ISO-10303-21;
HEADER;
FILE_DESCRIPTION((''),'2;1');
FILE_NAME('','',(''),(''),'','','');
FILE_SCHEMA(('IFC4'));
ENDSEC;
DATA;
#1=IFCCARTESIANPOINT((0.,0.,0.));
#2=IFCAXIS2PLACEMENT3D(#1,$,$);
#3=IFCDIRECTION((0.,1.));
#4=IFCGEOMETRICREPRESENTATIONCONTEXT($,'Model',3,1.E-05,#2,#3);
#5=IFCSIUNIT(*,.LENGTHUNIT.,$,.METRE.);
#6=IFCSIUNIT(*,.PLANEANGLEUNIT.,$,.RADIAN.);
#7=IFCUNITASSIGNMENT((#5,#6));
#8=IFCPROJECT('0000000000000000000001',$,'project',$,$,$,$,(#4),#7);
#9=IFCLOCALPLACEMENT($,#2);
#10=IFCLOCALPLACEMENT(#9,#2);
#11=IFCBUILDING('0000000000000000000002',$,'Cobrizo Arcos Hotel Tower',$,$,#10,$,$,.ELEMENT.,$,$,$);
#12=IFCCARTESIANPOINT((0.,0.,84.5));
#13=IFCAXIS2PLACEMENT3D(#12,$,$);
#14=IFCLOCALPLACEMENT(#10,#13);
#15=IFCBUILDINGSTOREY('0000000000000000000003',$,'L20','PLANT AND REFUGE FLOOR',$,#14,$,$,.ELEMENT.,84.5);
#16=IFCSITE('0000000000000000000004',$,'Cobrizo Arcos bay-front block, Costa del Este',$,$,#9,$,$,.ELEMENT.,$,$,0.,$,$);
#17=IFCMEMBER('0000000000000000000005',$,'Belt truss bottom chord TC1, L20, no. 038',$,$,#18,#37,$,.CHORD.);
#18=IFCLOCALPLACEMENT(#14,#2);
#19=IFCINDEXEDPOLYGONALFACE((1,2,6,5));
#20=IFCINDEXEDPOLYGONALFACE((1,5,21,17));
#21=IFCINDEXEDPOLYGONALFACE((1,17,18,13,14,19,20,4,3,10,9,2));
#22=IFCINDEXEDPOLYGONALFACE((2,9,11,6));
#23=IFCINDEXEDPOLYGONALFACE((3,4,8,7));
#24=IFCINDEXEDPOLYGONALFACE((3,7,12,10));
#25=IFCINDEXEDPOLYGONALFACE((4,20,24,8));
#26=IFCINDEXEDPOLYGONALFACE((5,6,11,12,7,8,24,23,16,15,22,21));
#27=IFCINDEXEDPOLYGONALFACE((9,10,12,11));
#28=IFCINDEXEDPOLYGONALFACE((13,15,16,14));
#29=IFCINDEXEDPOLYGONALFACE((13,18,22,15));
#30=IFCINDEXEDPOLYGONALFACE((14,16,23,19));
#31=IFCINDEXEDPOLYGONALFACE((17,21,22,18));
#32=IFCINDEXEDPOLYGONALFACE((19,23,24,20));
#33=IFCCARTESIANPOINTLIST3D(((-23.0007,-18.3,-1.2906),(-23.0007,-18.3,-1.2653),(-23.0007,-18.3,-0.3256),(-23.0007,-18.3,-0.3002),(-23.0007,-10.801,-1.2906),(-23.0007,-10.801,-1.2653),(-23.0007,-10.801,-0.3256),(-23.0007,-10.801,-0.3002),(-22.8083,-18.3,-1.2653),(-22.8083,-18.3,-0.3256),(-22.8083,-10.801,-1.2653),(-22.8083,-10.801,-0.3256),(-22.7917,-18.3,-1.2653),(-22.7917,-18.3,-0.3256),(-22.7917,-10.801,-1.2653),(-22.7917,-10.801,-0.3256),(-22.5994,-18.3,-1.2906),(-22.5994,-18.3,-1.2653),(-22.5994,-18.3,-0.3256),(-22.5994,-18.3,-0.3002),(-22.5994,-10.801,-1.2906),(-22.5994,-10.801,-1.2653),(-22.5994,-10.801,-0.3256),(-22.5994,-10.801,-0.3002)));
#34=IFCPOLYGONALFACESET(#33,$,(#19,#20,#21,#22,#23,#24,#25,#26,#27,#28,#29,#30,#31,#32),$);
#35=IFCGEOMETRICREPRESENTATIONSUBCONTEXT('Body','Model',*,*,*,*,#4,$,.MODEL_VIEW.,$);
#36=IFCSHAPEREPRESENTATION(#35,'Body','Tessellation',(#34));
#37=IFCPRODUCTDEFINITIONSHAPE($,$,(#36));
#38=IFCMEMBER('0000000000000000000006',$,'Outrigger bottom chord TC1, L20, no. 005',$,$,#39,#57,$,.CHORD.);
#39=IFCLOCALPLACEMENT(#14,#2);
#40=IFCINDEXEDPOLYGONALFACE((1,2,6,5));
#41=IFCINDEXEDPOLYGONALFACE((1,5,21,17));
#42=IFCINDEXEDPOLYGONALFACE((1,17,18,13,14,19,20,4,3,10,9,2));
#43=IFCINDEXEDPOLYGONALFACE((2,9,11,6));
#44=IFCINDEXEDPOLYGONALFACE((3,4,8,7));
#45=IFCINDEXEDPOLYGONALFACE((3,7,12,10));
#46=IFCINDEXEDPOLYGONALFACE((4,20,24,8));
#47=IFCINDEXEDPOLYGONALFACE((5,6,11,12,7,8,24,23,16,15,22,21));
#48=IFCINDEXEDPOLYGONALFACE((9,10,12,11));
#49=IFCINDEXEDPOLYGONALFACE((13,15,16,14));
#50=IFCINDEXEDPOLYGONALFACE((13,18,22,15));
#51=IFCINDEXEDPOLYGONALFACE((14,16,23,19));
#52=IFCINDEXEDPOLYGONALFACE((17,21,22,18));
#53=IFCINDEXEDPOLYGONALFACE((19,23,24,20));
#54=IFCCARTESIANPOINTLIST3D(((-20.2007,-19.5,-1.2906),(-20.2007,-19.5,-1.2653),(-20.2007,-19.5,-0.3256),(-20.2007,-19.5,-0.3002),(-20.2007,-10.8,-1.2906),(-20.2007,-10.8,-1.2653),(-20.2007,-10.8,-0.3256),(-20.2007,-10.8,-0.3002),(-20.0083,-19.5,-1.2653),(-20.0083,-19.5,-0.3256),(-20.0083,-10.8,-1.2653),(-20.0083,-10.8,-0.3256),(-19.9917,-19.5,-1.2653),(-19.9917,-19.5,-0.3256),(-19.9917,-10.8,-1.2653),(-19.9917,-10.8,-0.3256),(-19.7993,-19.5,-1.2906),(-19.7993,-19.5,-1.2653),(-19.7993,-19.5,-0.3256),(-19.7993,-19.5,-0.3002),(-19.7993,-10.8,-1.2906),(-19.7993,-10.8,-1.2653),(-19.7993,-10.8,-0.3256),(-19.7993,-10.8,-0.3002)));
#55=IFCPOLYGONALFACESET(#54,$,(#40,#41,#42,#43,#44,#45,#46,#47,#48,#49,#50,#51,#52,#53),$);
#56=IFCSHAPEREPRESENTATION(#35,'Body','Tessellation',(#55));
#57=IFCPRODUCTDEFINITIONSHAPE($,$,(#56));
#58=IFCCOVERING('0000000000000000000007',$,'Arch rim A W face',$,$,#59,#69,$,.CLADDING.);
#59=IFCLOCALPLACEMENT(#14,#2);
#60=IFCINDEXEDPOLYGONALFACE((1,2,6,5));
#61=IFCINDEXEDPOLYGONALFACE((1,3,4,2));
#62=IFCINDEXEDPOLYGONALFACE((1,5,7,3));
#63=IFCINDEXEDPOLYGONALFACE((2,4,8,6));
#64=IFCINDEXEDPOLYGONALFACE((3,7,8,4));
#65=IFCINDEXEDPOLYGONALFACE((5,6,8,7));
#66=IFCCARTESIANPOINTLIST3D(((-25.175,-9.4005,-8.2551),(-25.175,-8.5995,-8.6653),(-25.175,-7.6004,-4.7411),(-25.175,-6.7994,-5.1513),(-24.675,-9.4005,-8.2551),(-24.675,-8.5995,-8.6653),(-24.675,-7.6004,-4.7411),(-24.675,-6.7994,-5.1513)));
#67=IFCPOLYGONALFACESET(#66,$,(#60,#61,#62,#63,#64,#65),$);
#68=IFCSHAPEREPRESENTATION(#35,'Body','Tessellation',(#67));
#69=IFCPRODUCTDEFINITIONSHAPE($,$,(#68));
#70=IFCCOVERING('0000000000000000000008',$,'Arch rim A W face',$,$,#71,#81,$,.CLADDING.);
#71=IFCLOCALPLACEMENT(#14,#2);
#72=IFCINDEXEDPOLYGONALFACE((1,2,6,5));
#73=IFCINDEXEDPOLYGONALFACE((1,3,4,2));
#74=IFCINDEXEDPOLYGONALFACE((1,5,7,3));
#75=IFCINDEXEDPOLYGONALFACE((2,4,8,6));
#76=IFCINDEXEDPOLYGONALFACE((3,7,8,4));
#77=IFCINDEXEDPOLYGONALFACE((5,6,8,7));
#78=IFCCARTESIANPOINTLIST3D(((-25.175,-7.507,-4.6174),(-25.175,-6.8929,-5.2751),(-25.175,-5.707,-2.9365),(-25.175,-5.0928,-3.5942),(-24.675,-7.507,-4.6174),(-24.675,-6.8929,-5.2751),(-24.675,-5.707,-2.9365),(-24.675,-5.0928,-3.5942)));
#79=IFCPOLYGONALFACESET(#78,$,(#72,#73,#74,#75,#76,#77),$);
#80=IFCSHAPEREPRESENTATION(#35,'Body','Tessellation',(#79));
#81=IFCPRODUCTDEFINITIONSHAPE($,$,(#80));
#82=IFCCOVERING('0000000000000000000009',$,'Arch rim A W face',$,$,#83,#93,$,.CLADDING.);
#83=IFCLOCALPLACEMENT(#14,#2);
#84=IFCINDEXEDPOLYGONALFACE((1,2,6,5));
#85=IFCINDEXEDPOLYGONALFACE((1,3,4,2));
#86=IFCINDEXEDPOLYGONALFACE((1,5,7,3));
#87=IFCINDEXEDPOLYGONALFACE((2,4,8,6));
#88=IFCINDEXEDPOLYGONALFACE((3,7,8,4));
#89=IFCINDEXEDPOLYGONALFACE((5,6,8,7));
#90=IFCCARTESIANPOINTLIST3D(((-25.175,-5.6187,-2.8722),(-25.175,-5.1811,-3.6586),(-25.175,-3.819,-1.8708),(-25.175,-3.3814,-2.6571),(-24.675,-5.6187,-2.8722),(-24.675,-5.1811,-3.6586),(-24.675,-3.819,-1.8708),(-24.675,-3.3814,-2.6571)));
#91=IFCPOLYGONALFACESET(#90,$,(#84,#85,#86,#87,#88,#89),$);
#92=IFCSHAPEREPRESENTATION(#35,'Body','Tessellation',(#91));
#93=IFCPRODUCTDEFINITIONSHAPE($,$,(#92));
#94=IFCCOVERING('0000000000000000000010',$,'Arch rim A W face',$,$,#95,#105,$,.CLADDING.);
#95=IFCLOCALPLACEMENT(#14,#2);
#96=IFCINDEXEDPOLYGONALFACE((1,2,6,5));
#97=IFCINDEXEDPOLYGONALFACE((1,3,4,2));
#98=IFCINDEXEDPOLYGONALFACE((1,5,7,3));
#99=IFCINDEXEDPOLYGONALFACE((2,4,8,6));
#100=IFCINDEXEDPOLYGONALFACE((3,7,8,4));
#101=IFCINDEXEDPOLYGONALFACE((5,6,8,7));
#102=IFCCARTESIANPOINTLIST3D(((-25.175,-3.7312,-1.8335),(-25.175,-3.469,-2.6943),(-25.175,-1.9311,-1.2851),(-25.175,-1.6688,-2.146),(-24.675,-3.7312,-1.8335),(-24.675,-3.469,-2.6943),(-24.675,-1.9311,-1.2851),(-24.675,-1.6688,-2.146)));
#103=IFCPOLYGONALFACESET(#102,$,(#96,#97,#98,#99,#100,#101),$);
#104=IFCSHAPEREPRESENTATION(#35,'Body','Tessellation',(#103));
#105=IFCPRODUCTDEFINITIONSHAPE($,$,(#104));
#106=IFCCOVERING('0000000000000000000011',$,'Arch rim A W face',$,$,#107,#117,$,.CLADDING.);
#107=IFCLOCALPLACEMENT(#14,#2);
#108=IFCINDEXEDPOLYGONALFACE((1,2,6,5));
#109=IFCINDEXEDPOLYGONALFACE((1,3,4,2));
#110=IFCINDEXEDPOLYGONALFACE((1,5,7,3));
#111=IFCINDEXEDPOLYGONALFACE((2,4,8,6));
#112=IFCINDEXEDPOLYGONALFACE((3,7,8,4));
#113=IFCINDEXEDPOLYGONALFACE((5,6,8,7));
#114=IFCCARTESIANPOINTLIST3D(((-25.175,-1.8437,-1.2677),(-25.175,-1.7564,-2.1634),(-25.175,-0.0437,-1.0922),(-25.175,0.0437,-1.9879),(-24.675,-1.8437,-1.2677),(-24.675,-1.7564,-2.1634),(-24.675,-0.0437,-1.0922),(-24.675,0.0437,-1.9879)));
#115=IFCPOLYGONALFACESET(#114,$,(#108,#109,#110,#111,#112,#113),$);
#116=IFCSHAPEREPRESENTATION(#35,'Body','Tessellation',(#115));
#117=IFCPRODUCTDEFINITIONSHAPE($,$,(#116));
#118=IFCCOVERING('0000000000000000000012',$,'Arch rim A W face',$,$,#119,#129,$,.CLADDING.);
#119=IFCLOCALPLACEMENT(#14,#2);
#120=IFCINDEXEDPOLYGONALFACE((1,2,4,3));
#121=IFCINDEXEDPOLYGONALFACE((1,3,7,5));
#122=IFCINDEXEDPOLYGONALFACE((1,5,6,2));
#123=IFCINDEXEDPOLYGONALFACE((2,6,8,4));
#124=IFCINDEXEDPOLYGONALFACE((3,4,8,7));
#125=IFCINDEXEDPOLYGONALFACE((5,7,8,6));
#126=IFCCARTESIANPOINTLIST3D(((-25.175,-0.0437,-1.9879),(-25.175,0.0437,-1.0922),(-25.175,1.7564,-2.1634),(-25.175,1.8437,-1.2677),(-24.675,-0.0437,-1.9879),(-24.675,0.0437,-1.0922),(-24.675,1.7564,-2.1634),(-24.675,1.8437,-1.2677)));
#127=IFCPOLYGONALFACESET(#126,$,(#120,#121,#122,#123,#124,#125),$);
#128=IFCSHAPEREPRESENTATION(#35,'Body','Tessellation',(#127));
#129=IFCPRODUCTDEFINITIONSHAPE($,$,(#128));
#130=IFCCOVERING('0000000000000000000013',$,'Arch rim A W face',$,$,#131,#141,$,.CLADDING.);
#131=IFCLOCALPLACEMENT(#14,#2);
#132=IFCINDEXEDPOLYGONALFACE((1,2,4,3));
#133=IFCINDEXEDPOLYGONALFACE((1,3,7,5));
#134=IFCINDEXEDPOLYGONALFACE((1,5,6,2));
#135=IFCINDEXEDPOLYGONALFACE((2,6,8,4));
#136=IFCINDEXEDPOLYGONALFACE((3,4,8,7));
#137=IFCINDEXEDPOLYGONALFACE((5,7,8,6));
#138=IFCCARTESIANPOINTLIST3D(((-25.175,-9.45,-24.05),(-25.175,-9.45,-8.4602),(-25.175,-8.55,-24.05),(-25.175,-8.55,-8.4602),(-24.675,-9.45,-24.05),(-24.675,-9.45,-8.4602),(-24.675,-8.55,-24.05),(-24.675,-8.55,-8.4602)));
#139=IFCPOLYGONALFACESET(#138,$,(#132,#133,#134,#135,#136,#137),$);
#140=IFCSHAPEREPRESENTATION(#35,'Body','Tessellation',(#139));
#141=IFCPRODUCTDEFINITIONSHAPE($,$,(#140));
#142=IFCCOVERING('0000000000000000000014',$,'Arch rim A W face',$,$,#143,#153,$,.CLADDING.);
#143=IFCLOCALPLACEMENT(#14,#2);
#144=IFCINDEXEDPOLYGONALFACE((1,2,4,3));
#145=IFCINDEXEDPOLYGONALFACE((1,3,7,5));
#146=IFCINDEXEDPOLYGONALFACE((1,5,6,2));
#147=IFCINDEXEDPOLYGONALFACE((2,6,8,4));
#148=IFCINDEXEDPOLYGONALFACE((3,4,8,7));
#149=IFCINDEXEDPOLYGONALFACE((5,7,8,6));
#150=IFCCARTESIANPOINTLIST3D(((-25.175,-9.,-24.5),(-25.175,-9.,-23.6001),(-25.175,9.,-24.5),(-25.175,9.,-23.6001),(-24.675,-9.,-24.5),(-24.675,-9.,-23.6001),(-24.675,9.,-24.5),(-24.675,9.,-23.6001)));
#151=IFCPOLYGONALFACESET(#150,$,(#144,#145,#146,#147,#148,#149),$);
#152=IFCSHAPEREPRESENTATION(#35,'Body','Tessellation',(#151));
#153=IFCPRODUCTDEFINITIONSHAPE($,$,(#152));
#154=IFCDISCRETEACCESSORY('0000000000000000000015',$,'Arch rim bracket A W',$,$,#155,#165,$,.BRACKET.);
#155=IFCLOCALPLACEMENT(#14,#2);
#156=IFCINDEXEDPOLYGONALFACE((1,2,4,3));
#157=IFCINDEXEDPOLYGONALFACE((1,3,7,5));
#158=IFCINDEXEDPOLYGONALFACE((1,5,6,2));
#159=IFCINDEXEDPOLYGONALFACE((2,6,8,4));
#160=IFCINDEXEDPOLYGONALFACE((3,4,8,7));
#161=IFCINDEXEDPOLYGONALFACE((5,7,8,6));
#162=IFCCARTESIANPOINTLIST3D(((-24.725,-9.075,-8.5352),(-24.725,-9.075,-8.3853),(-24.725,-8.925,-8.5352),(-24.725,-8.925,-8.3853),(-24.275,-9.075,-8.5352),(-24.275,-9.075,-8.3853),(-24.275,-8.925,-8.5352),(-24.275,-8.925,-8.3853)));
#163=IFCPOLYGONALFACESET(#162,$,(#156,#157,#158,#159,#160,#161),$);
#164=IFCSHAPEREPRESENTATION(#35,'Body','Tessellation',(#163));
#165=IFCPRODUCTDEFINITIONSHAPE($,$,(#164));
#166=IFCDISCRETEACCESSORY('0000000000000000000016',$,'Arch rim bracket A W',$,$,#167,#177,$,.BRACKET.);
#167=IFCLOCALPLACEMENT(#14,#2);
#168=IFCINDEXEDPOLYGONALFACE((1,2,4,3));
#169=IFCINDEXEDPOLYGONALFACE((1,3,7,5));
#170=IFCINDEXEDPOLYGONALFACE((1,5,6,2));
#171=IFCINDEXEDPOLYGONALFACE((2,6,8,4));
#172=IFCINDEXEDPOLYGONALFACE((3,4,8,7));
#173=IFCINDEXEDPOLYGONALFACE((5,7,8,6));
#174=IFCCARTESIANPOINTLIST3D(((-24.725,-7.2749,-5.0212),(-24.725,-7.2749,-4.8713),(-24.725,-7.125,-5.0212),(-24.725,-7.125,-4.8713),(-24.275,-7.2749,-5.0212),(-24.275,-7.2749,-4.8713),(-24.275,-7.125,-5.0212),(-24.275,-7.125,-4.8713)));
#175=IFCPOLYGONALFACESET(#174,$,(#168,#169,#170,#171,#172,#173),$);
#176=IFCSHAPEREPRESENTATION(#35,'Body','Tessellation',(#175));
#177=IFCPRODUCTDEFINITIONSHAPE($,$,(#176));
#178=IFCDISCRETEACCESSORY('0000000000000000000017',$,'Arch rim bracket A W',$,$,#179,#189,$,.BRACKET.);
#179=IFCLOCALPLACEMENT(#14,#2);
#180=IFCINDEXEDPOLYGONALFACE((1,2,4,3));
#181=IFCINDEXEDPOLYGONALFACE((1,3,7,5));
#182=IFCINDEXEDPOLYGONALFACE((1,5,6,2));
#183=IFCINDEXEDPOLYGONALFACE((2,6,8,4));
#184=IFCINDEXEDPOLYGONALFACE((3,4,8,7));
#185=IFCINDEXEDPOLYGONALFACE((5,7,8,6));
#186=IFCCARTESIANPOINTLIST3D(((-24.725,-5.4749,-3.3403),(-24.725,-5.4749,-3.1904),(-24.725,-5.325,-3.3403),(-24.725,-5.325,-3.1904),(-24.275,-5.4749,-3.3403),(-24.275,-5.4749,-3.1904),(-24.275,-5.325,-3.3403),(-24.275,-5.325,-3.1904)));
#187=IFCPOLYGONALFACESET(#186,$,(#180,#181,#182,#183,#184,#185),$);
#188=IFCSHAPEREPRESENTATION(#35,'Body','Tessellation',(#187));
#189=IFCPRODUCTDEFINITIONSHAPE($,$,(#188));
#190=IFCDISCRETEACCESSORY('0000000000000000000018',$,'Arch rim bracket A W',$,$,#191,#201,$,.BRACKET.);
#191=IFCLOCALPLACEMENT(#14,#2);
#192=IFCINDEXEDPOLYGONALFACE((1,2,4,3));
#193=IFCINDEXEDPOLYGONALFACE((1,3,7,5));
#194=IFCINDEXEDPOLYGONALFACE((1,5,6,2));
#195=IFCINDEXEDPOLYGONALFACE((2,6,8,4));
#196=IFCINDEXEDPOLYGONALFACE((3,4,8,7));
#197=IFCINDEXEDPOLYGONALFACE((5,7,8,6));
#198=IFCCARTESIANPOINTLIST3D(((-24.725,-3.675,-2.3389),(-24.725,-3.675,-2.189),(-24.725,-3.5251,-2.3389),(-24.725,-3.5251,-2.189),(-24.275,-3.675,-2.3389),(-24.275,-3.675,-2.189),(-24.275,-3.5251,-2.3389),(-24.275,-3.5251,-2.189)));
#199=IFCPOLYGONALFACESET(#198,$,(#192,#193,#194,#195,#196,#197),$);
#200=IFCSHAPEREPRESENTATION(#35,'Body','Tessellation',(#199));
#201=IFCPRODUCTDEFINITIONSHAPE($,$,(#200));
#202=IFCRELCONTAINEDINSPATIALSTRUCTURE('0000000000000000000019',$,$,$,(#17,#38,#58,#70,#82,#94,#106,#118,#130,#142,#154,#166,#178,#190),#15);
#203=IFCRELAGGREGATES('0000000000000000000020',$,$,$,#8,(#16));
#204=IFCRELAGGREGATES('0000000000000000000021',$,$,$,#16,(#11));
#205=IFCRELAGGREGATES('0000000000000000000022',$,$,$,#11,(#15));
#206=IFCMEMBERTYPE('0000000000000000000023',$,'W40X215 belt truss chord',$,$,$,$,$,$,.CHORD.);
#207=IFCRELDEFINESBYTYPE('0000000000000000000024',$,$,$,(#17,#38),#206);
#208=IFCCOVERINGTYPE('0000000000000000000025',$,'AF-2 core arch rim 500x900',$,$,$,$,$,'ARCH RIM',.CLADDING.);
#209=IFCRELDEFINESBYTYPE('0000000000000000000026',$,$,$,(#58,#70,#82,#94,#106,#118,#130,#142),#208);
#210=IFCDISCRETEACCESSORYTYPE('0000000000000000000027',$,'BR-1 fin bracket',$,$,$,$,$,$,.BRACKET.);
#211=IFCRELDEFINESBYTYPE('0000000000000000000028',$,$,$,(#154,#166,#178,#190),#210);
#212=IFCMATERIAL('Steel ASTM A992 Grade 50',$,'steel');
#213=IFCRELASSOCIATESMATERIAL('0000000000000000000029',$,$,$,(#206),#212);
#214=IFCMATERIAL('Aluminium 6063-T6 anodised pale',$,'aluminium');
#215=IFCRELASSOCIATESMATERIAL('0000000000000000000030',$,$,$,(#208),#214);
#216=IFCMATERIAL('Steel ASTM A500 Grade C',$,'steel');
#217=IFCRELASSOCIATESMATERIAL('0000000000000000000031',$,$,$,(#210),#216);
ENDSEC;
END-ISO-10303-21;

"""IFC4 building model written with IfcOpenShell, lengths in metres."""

from ifc_helpers import new_model, si_unit, direction, frame, origin, origin_2d, place, context, subcontext, project, spatial, rectangle, i_section, extrude, material, material_profile, profile_set, type_object, element, save


model = new_model("IFC4")

# Units and contexts
model_context = context("Model", 3, precision=1e-05, world=origin(), true_north=direction((0.0, 1.0)))
body_context = subcontext(model_context, "Body", "Model", "MODEL_VIEW")
ifc_project = project(units=[si_unit("LENGTHUNIT", "METRE"), si_unit("PLANEANGLEUNIT", "RADIAN")], contexts=[model_context])

# Site, building, storey
site_placement = place(None, origin())
site = spatial("IfcSite", under=ifc_project, at=site_placement, Name="Cobrizo Arcos bay-front block, Costa del Este", CompositionType="ELEMENT", RefElevation=0.0)
building_placement = place(site_placement, origin())
building = spatial("IfcBuilding", under=site, at=building_placement, Name="Cobrizo Arcos Hotel Tower", CompositionType="ELEMENT")
storey_placement = place(building_placement, frame((0.0, 0.0, 84.5)))
storey = spatial("IfcBuildingStorey", under=building, at=storey_placement, Name="L20", Description="PLANT AND REFUGE FLOOR", CompositionType="ELEMENT", Elevation=84.5)

# Shared definitions
ifc_material_1 = material(Name="Steel ASTM A500 Grade C", Category="steel")
ifc_material_2 = material(Name="Steel ASTM A992 Grade 50", Category="steel")

# Members
ifc_material_profile_1 = material_profile(ifc_material_2, i_section(OverallWidth=0.4014, OverallDepth=0.9905, WebThickness=0.0166, FlangeThickness=0.0254, at=origin_2d()), Name="W40X215")
ifc_profile_set_1 = profile_set([ifc_material_profile_1], Name="Steel ASTM A992 Grade 50")
member_type_1 = type_object("IfcMemberType", Name="W40X215 belt truss chord", PredefinedType="CHORD", material=ifc_profile_set_1)
member_1_placement = place(storey_placement, frame((-22.8, -10.801, -0.7954), z_axis=(0.0, -1.0, 0.0), x_axis=(1.0, 0.0, 0.0)))
element("IfcMember", 1, at=member_1_placement, inside=storey, type_object=member_type_1, Name="Belt truss bottom chord TC1, L20, no. 038", PredefinedType="CHORD", context=body_context, shape_type="SweptSolid", body=[
    extrude(i_section(OverallWidth=0.4014, OverallDepth=0.9905, WebThickness=0.0166, FlangeThickness=0.0254, at=origin_2d()), origin(), (0.0, 0.0, 1.0), 7.499),
])
member_2_placement = place(storey_placement, frame((-20.0, -10.8, -0.7954), z_axis=(0.0, -1.0, 0.0), x_axis=(1.0, 0.0, 0.0)))
element("IfcMember", 2, at=member_2_placement, inside=storey, type_object=member_type_1, Name="Outrigger bottom chord TC1, L20, no. 005", PredefinedType="CHORD", context=body_context, shape_type="SweptSolid", body=[
    extrude(i_section(OverallWidth=0.4014, OverallDepth=0.9905, WebThickness=0.0166, FlangeThickness=0.0254, at=origin_2d()), origin(), (0.0, 0.0, 1.0), 8.7),
])

# Coverings
ifc_material_3 = material(Name="Aluminium 6063-T6 anodised pale", Category="aluminium")
ifc_material_profile_2 = material_profile(ifc_material_3, rectangle(XDim=0.5, YDim=0.8999, at=origin_2d()), Name="AF-2 core arch rim 500x900")
ifc_profile_set_2 = profile_set([ifc_material_profile_2], Name="Aluminium 6063-T6 anodised pale")
covering_type = type_object("IfcCoveringType", Name="AF-2 core arch rim 500x900", ElementType="ARCH RIM", PredefinedType="CLADDING", material=ifc_profile_set_2)
covering_1_placement = place(storey_placement, frame((-24.925, -9.0, -8.4602), z_axis=(0.0, 0.455924, 0.890019), x_axis=(-1.0, 0.0, 0.0)))
element("IfcCovering", 3, at=covering_1_placement, inside=storey, type_object=covering_type, Name="Arch rim A W face", PredefinedType="CLADDING", context=body_context, shape_type="SweptSolid", body=[
    extrude(rectangle(XDim=0.5, YDim=0.8999, at=origin_2d()), origin(), (0.0, 0.0, 1.0), 3.9482),
])
covering_2_placement = place(storey_placement, frame((-24.925, -7.2, -4.9463), z_axis=(0.0, 0.730881, 0.682505), x_axis=(-1.0, 0.0, 0.0)))
element("IfcCovering", 4, at=covering_2_placement, inside=storey, type_object=covering_type, Name="Arch rim A W face", PredefinedType="CLADDING", context=body_context, shape_type="SweptSolid", body=[
    extrude(rectangle(XDim=0.5, YDim=0.8999, at=origin_2d()), origin(), (0.0, 0.0, 1.0), 2.4629),
])
covering_3_placement = place(storey_placement, frame((-24.925, -5.3999, -3.2654), z_axis=(0.0, 0.873833, 0.486227), x_axis=(-1.0, 0.0, 0.0)))
element("IfcCovering", 5, at=covering_3_placement, inside=storey, type_object=covering_type, Name="Arch rim A W face", PredefinedType="CLADDING", context=body_context, shape_type="SweptSolid", body=[
    extrude(rectangle(XDim=0.5, YDim=0.8999, at=origin_2d()), origin(), (0.0, 0.0, 1.0), 2.0596),
])
covering_4_placement = place(storey_placement, frame((-24.925, -3.6001, -2.2639), z_axis=(0.0, 0.9566, 0.291404), x_axis=(-1.0, 0.0, 0.0)))
element("IfcCovering", 6, at=covering_4_placement, inside=storey, type_object=covering_type, Name="Arch rim A W face", PredefinedType="CLADDING", context=body_context, shape_type="SweptSolid", body=[
    extrude(rectangle(XDim=0.5, YDim=0.8999, at=origin_2d()), origin(), (0.0, 0.0, 1.0), 1.8818),
])
for number, where, z_axis, x_axis, name in (
    (7, (-24.925, -1.8, -1.7156), (0.0, 0.995279, 0.097058), (-1.0, 0.0, 0.0), "Arch rim A W face"),
    (8, (-24.925, 0.0, -1.54), (0.0, 0.995279, -0.097058), (-1.0, 0.0, 0.0), "Arch rim A W face"),
):
    element("IfcCovering", number, at=place(storey_placement, frame(where, z_axis=z_axis, x_axis=x_axis)), inside=storey, type_object=covering_type, Name=name, PredefinedType="CLADDING", context=body_context, shape_type="SweptSolid", body=[
        extrude(rectangle(XDim=0.5, YDim=0.8999, at=origin_2d()), origin(), (0.0, 0.0, 1.0), 1.8086),
    ])
covering_5_placement = place(storey_placement, frame((-24.925, -9.0, -24.05), z_axis=(0.0, 0.0, 1.0), x_axis=(1.0, 0.0, 0.0)))
element("IfcCovering", 9, at=covering_5_placement, inside=storey, type_object=covering_type, Name="Arch rim A W face", PredefinedType="CLADDING", context=body_context, shape_type="SweptSolid", body=[
    extrude(rectangle(XDim=0.5, YDim=0.8999, at=origin_2d()), origin(), (0.0, 0.0, 1.0), 15.5898),
])
covering_6_placement = place(storey_placement, frame((-24.925, -9.0, -24.05), z_axis=(0.0, 1.0, 0.0), x_axis=(-1.0, 0.0, 0.0)))
element("IfcCovering", 10, at=covering_6_placement, inside=storey, type_object=covering_type, Name="Arch rim A W face", PredefinedType="CLADDING", context=body_context, shape_type="SweptSolid", body=[
    extrude(rectangle(XDim=0.5, YDim=0.8999, at=origin_2d()), origin(), (0.0, 0.0, 1.0), 18.0),
])

# Discrete accessories
discrete_accessory_type_1 = type_object("IfcDiscreteAccessoryType", Name="BR-1 fin bracket", PredefinedType="BRACKET", material=ifc_material_1)
for number, where, z_axis, x_axis, name in (
    (11, (-24.5, -9.0, -8.5352), (0.0, 0.0, 1.0), (1.0, 0.0, 0.0), "Arch rim bracket A W"),
    (12, (-24.5, -7.2, -5.0212), (0.0, 0.0, 1.0), (1.0, 0.0, 0.0), "Arch rim bracket A W"),
    (13, (-24.5, -5.3999, -3.3403), (0.0, 0.0, 1.0), (1.0, 0.0, 0.0), "Arch rim bracket A W"),
    (14, (-24.5, -3.6001, -2.3389), (0.0, 0.0, 1.0), (1.0, 0.0, 0.0), "Arch rim bracket A W"),
):
    element("IfcDiscreteAccessory", number, at=place(storey_placement, frame(where, z_axis=z_axis, x_axis=x_axis)), inside=storey, type_object=discrete_accessory_type_1, Name=name, PredefinedType="BRACKET", context=body_context, shape_type="SweptSolid", body=[
        extrude(rectangle(XDim=0.45, YDim=0.1499, at=origin_2d()), origin(), (0.0, 0.0, 1.0), 0.1499),
    ])

save(model, "model.ifc")
